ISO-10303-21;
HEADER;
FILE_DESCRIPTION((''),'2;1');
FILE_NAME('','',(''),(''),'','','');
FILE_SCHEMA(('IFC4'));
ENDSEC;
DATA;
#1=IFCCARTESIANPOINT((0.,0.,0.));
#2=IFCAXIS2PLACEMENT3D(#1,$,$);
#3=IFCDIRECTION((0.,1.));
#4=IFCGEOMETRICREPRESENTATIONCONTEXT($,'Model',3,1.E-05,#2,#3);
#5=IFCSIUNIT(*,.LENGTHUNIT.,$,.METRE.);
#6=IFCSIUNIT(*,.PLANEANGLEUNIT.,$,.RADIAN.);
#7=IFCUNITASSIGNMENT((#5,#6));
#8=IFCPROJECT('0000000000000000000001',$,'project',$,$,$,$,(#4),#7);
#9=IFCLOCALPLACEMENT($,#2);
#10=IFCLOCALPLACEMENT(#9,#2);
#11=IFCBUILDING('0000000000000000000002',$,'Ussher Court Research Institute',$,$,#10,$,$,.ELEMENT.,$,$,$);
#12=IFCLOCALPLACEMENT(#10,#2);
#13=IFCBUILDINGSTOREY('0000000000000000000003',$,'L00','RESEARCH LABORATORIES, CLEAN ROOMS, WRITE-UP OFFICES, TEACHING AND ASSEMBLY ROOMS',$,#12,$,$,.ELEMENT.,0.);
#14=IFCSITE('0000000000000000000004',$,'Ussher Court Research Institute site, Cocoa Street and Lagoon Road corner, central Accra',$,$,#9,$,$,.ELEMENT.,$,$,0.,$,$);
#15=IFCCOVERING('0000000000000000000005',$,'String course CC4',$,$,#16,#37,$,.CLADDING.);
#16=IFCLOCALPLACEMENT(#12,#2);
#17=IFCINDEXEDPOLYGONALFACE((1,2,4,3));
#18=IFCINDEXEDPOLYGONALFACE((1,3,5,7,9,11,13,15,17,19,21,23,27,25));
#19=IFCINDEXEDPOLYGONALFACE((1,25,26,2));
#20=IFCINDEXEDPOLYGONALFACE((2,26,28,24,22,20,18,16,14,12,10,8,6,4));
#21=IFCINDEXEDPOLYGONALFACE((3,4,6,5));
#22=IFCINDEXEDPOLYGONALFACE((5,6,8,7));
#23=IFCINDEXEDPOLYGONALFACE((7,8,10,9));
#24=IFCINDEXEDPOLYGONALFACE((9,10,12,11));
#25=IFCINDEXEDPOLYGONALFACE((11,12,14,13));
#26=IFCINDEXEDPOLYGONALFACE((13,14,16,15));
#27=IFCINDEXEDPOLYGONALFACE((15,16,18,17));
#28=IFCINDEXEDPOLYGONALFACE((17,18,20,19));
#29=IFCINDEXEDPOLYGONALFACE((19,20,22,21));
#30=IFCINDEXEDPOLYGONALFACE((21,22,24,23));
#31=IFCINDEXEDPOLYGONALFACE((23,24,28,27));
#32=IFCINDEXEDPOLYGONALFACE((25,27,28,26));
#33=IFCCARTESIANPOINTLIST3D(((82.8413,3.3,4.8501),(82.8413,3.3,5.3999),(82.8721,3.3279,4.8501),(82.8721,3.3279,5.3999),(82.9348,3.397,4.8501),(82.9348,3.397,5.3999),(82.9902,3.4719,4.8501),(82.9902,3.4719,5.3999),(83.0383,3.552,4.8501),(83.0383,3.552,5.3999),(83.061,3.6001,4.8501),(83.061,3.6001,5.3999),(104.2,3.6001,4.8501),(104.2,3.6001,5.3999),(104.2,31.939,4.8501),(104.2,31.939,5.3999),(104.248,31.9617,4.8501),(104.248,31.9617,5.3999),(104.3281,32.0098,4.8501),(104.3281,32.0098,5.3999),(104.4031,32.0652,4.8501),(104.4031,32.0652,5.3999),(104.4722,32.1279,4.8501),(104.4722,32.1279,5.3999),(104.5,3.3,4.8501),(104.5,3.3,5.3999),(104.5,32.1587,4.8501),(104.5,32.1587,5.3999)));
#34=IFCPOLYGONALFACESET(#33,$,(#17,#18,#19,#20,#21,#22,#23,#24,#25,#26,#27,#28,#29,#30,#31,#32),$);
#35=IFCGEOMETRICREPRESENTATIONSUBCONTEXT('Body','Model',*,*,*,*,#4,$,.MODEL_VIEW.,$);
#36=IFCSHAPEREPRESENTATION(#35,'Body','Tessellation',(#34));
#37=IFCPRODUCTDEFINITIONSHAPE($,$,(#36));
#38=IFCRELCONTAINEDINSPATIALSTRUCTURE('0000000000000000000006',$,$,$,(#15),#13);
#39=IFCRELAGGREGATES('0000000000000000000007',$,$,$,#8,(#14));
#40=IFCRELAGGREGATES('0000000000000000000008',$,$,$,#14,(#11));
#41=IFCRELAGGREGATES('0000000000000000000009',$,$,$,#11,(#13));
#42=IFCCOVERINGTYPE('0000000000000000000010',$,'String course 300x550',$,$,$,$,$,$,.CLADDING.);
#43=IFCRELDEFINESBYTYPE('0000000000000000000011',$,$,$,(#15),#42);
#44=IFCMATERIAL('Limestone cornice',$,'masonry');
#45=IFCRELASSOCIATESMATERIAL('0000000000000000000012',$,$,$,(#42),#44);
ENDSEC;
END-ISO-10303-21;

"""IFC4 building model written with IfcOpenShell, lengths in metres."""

from ifc_helpers import new_model, si_unit, direction, frame, origin, place, context, subcontext, project, spatial, polyline, outline, extrude, material, type_object, element, save


model = new_model("IFC4")

# Units and contexts
model_context = context("Model", 3, precision=1e-05, world=origin(), true_north=direction((0.0, 1.0)))
body_context = subcontext(model_context, "Body", "Model", "MODEL_VIEW")
ifc_project = project(units=[si_unit("LENGTHUNIT", "METRE"), si_unit("PLANEANGLEUNIT", "RADIAN")], contexts=[model_context])

# Site, building, storey
site_placement = place(None, origin())
site = spatial("IfcSite", under=ifc_project, at=site_placement, Name="Ussher Court Research Institute site, Cocoa Street and Lagoon Road corner, central Accra", CompositionType="ELEMENT", RefElevation=0.0)
building_placement = place(site_placement, origin())
building = spatial("IfcBuilding", under=site, at=building_placement, Name="Ussher Court Research Institute", CompositionType="ELEMENT")
storey_placement = place(building_placement, origin())
storey = spatial("IfcBuildingStorey", under=building, at=storey_placement, Name="L00", Description="RESEARCH LABORATORIES, CLEAN ROOMS, WRITE-UP OFFICES, TEACHING AND ASSEMBLY ROOMS", CompositionType="ELEMENT", Elevation=0.0)

# Covering
ifc_material_1 = material(Name="Limestone cornice", Category="masonry")
covering_type_1 = type_object("IfcCoveringType", Name="String course 300x550", PredefinedType="CLADDING", material=ifc_material_1)
covering_1_placement = place(storey_placement, frame((0.0, 0.0, 4.8501)))
element("IfcCovering", 1, at=covering_1_placement, inside=storey, type_object=covering_type_1, Name="String course CC4", PredefinedType="CLADDING", context=body_context, shape_type="SweptSolid", body=[
    extrude(outline(polyline([(82.8413, 3.3), (104.5, 3.3), (104.5, 32.1587), (104.4722, 32.1279), (104.4031, 32.0652), (104.3281, 32.0098), (104.248, 31.9617), (104.2, 31.939), (104.2, 3.6001), (83.061, 3.6001), (83.0383, 3.552), (82.9902, 3.4719), (82.9348, 3.397), (82.8721, 3.3279), (82.8413, 3.3)])), origin(), (0.0, 0.0, 1.0), 0.5498),
])

save(model, "model.ifc")
